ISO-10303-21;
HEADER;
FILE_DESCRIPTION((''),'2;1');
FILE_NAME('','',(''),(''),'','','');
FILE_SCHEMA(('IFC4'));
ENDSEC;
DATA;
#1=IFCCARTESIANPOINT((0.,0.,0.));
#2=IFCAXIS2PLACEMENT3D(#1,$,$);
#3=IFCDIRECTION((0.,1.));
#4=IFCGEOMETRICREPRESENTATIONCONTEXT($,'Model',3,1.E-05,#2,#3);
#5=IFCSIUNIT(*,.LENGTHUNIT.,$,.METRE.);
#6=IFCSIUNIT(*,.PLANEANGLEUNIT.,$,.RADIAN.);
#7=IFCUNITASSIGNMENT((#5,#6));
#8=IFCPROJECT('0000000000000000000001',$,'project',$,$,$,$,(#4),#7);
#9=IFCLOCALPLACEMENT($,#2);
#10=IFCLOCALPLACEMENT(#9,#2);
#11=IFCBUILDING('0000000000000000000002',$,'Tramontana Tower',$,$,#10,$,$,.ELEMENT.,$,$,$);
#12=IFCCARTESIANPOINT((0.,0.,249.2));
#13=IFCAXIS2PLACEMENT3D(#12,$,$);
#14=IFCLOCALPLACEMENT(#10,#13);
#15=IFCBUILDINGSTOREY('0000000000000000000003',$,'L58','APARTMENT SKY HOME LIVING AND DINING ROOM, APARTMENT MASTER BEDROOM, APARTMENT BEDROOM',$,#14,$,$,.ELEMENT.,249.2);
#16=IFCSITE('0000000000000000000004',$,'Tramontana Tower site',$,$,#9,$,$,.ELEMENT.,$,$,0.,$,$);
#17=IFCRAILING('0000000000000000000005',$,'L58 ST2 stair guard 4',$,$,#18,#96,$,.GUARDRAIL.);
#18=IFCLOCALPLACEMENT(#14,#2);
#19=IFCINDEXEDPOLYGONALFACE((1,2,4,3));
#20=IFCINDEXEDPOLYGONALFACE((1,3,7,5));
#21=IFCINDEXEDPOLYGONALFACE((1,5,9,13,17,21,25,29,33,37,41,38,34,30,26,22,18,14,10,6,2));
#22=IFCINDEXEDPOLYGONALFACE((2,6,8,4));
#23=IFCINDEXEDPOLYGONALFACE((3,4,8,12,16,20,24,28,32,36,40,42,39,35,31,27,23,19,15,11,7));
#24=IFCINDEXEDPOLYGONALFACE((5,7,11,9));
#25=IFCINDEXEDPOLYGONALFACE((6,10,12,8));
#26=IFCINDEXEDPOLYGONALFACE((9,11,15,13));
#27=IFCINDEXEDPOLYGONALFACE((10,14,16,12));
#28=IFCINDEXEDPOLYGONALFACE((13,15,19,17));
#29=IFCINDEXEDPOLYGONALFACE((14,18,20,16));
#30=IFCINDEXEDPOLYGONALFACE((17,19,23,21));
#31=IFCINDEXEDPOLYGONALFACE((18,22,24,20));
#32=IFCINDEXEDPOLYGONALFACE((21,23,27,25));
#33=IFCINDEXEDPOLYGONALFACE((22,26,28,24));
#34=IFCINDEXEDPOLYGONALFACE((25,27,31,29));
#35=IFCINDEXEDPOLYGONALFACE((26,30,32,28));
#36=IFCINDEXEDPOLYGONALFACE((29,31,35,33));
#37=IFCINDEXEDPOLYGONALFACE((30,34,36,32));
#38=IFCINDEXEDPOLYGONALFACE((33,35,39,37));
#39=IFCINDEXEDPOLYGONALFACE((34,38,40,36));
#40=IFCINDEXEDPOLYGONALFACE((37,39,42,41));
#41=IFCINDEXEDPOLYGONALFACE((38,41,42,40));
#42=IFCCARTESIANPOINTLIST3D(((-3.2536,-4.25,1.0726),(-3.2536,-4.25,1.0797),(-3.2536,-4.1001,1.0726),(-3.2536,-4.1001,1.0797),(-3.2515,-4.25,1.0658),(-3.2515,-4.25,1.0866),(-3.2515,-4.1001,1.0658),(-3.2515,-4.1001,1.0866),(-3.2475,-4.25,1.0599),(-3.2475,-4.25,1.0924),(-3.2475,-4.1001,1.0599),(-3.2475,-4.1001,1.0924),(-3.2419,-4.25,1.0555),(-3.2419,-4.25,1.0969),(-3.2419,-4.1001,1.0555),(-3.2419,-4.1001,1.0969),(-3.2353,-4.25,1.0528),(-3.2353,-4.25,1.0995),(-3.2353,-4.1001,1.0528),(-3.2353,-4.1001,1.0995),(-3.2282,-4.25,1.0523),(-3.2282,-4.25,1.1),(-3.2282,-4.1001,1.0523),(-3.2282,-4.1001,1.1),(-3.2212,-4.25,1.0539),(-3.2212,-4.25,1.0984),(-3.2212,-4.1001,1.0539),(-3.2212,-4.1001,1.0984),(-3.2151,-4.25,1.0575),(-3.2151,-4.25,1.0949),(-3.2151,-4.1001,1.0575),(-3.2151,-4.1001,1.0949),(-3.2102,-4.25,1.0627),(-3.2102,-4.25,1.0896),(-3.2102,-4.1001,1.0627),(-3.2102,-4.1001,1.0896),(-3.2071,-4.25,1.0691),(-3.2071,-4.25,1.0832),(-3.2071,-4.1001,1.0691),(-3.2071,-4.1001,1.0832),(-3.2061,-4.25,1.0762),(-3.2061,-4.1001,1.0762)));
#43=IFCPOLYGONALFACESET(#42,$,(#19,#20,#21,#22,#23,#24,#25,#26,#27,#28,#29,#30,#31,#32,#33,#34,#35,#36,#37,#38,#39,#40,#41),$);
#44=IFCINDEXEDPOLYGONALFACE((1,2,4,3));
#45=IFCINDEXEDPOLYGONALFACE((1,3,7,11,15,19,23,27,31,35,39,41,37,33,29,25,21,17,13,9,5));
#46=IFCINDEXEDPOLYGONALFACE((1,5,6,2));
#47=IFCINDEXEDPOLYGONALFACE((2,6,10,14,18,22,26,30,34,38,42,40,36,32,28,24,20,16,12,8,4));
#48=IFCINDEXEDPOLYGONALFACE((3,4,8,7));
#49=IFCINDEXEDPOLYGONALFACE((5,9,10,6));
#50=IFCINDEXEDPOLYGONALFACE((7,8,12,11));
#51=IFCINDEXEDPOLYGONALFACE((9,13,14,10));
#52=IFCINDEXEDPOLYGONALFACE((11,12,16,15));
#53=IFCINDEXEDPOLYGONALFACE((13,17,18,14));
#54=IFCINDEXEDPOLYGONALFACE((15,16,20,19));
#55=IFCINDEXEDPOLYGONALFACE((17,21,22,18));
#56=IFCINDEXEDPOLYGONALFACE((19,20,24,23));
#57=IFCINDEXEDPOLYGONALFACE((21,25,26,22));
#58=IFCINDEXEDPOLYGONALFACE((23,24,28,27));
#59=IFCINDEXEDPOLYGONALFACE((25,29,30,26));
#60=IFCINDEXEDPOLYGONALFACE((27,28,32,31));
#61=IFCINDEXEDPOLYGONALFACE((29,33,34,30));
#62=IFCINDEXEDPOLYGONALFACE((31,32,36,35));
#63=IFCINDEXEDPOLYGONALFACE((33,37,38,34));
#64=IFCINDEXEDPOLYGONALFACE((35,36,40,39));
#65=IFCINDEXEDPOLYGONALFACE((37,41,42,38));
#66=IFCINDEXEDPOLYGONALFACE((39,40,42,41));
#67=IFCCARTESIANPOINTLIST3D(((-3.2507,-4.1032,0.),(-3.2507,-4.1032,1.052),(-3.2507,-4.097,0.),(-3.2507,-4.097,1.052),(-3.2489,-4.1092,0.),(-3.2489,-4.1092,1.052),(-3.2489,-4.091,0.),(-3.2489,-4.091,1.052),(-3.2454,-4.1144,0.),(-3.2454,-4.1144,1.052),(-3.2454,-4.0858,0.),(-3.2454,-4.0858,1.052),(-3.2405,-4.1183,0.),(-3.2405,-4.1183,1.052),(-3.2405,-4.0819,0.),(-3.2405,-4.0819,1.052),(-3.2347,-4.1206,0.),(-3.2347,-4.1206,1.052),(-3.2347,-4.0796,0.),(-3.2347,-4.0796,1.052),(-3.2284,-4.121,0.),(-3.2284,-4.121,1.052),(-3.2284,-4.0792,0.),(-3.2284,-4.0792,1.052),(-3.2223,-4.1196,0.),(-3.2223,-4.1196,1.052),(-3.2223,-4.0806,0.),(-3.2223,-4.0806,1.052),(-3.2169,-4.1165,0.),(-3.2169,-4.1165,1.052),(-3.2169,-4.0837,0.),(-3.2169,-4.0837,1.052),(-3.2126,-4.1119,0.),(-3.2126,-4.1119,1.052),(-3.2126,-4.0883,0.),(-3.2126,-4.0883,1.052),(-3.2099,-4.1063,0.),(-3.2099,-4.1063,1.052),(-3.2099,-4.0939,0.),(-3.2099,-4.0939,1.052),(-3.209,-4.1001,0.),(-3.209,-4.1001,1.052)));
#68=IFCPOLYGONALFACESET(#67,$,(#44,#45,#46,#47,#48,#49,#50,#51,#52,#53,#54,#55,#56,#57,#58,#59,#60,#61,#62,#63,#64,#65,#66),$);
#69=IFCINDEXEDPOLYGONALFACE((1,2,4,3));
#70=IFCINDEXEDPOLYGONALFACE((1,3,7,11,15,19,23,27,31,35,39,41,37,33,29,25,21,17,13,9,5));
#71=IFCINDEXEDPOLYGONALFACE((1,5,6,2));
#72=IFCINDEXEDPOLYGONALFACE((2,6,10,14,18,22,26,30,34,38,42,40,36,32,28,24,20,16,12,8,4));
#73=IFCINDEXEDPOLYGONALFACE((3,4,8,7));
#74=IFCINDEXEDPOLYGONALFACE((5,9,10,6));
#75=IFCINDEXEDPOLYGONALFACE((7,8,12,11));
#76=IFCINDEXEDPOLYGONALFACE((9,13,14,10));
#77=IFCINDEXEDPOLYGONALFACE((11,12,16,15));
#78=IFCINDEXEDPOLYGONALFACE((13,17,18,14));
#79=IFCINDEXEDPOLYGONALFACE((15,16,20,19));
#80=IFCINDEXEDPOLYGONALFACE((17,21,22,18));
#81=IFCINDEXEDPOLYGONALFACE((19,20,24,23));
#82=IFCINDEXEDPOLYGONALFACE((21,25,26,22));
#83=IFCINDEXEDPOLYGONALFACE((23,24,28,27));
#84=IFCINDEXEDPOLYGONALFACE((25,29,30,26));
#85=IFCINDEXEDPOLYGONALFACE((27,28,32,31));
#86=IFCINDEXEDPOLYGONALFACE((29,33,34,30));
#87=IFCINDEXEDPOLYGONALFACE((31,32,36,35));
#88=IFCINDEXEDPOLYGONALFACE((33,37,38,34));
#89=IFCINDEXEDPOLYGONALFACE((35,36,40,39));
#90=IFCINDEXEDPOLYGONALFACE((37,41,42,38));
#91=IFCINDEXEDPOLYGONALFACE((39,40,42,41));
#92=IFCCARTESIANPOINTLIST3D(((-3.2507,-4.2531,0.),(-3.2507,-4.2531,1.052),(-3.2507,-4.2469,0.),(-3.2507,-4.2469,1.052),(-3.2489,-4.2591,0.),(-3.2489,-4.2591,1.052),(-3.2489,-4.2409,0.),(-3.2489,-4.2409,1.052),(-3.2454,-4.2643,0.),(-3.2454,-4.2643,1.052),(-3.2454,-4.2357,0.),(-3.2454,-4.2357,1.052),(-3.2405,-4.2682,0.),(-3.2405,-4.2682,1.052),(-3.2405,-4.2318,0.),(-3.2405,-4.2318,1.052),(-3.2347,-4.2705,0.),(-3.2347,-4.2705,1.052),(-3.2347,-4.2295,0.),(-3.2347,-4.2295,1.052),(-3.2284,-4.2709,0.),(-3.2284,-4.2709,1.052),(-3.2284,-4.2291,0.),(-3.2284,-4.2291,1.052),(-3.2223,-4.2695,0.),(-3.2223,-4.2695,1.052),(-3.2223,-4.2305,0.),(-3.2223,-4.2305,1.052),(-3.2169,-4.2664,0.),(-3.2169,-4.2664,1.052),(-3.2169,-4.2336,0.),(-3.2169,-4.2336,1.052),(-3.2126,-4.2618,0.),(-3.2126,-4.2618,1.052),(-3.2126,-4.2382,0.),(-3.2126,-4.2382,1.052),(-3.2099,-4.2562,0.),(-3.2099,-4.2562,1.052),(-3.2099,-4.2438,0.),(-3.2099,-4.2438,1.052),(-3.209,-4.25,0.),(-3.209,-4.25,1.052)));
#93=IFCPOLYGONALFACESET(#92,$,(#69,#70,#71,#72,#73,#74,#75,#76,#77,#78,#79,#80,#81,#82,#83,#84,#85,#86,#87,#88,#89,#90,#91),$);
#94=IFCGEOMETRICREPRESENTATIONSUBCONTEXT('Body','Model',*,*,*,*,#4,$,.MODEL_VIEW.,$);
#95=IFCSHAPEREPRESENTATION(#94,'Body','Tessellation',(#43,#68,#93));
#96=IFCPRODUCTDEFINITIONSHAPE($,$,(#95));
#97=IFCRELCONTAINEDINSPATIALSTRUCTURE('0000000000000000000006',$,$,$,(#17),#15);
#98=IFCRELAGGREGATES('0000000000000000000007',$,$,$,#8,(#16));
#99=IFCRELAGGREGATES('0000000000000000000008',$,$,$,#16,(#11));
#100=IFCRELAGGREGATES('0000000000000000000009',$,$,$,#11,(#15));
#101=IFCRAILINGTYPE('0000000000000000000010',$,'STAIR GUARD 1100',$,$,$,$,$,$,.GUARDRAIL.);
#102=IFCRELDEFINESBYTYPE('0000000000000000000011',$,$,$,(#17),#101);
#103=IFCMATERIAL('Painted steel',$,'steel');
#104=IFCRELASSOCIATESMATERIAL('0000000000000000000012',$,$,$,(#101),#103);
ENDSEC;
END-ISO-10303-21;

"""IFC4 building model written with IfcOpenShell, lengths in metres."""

from ifc_helpers import new_model, si_unit, direction, frame, origin, origin_2d, place, context, subcontext, project, spatial, circle, extrude, material, type_object, element, save


model = new_model("IFC4")

# Units and contexts
model_context = context("Model", 3, precision=1e-05, world=origin(), true_north=direction((0.0, 1.0)))
body_context = subcontext(model_context, "Body", "Model", "MODEL_VIEW")
ifc_project = project(units=[si_unit("LENGTHUNIT", "METRE"), si_unit("PLANEANGLEUNIT", "RADIAN")], contexts=[model_context])

# Site, building, storey
site_placement = place(None, origin())
site = spatial("IfcSite", under=ifc_project, at=site_placement, Name="Tramontana Tower site", CompositionType="ELEMENT", RefElevation=0.0)
building_placement = place(site_placement, origin())
building = spatial("IfcBuilding", under=site, at=building_placement, Name="Tramontana Tower", CompositionType="ELEMENT")
storey_placement = place(building_placement, frame((0.0, 0.0, 249.2)))
storey = spatial("IfcBuildingStorey", under=building, at=storey_placement, Name="L58", Description="APARTMENT SKY HOME LIVING AND DINING ROOM, APARTMENT MASTER BEDROOM, APARTMENT BEDROOM", CompositionType="ELEMENT", Elevation=249.2)

# Railing
ifc_material_1 = material(Name="Painted steel", Category="steel")
railing_type_1 = type_object("IfcRailingType", Name="STAIR GUARD 1100", PredefinedType="GUARDRAIL", material=ifc_material_1)
railing_1_placement = place(storey_placement, frame((-3.23, -4.1001, 0.0)))
element("IfcRailing", 1, at=railing_1_placement, inside=storey, type_object=railing_type_1, Name="L58 ST2 stair guard 4", PredefinedType="GUARDRAIL", context=body_context, shape_type="SweptSolid", body=[
    extrude(circle(Radius=0.0239, at=origin_2d()), frame((0.0, 0.0, 1.0762), z_axis=(0.0, -1.0, 0.0), x_axis=(1.0, 0.0, 0.0)), (0.0, 0.0, 1.0), 0.1499),
    extrude(circle(Radius=0.021, at=origin_2d()), origin(), (0.0, 0.0, 1.0), 1.052),
    extrude(circle(Radius=0.021, at=origin_2d()), frame((0.0, -0.1499, 0.0)), (0.0, 0.0, 1.0), 1.052),
])

save(model, "model.ifc")
